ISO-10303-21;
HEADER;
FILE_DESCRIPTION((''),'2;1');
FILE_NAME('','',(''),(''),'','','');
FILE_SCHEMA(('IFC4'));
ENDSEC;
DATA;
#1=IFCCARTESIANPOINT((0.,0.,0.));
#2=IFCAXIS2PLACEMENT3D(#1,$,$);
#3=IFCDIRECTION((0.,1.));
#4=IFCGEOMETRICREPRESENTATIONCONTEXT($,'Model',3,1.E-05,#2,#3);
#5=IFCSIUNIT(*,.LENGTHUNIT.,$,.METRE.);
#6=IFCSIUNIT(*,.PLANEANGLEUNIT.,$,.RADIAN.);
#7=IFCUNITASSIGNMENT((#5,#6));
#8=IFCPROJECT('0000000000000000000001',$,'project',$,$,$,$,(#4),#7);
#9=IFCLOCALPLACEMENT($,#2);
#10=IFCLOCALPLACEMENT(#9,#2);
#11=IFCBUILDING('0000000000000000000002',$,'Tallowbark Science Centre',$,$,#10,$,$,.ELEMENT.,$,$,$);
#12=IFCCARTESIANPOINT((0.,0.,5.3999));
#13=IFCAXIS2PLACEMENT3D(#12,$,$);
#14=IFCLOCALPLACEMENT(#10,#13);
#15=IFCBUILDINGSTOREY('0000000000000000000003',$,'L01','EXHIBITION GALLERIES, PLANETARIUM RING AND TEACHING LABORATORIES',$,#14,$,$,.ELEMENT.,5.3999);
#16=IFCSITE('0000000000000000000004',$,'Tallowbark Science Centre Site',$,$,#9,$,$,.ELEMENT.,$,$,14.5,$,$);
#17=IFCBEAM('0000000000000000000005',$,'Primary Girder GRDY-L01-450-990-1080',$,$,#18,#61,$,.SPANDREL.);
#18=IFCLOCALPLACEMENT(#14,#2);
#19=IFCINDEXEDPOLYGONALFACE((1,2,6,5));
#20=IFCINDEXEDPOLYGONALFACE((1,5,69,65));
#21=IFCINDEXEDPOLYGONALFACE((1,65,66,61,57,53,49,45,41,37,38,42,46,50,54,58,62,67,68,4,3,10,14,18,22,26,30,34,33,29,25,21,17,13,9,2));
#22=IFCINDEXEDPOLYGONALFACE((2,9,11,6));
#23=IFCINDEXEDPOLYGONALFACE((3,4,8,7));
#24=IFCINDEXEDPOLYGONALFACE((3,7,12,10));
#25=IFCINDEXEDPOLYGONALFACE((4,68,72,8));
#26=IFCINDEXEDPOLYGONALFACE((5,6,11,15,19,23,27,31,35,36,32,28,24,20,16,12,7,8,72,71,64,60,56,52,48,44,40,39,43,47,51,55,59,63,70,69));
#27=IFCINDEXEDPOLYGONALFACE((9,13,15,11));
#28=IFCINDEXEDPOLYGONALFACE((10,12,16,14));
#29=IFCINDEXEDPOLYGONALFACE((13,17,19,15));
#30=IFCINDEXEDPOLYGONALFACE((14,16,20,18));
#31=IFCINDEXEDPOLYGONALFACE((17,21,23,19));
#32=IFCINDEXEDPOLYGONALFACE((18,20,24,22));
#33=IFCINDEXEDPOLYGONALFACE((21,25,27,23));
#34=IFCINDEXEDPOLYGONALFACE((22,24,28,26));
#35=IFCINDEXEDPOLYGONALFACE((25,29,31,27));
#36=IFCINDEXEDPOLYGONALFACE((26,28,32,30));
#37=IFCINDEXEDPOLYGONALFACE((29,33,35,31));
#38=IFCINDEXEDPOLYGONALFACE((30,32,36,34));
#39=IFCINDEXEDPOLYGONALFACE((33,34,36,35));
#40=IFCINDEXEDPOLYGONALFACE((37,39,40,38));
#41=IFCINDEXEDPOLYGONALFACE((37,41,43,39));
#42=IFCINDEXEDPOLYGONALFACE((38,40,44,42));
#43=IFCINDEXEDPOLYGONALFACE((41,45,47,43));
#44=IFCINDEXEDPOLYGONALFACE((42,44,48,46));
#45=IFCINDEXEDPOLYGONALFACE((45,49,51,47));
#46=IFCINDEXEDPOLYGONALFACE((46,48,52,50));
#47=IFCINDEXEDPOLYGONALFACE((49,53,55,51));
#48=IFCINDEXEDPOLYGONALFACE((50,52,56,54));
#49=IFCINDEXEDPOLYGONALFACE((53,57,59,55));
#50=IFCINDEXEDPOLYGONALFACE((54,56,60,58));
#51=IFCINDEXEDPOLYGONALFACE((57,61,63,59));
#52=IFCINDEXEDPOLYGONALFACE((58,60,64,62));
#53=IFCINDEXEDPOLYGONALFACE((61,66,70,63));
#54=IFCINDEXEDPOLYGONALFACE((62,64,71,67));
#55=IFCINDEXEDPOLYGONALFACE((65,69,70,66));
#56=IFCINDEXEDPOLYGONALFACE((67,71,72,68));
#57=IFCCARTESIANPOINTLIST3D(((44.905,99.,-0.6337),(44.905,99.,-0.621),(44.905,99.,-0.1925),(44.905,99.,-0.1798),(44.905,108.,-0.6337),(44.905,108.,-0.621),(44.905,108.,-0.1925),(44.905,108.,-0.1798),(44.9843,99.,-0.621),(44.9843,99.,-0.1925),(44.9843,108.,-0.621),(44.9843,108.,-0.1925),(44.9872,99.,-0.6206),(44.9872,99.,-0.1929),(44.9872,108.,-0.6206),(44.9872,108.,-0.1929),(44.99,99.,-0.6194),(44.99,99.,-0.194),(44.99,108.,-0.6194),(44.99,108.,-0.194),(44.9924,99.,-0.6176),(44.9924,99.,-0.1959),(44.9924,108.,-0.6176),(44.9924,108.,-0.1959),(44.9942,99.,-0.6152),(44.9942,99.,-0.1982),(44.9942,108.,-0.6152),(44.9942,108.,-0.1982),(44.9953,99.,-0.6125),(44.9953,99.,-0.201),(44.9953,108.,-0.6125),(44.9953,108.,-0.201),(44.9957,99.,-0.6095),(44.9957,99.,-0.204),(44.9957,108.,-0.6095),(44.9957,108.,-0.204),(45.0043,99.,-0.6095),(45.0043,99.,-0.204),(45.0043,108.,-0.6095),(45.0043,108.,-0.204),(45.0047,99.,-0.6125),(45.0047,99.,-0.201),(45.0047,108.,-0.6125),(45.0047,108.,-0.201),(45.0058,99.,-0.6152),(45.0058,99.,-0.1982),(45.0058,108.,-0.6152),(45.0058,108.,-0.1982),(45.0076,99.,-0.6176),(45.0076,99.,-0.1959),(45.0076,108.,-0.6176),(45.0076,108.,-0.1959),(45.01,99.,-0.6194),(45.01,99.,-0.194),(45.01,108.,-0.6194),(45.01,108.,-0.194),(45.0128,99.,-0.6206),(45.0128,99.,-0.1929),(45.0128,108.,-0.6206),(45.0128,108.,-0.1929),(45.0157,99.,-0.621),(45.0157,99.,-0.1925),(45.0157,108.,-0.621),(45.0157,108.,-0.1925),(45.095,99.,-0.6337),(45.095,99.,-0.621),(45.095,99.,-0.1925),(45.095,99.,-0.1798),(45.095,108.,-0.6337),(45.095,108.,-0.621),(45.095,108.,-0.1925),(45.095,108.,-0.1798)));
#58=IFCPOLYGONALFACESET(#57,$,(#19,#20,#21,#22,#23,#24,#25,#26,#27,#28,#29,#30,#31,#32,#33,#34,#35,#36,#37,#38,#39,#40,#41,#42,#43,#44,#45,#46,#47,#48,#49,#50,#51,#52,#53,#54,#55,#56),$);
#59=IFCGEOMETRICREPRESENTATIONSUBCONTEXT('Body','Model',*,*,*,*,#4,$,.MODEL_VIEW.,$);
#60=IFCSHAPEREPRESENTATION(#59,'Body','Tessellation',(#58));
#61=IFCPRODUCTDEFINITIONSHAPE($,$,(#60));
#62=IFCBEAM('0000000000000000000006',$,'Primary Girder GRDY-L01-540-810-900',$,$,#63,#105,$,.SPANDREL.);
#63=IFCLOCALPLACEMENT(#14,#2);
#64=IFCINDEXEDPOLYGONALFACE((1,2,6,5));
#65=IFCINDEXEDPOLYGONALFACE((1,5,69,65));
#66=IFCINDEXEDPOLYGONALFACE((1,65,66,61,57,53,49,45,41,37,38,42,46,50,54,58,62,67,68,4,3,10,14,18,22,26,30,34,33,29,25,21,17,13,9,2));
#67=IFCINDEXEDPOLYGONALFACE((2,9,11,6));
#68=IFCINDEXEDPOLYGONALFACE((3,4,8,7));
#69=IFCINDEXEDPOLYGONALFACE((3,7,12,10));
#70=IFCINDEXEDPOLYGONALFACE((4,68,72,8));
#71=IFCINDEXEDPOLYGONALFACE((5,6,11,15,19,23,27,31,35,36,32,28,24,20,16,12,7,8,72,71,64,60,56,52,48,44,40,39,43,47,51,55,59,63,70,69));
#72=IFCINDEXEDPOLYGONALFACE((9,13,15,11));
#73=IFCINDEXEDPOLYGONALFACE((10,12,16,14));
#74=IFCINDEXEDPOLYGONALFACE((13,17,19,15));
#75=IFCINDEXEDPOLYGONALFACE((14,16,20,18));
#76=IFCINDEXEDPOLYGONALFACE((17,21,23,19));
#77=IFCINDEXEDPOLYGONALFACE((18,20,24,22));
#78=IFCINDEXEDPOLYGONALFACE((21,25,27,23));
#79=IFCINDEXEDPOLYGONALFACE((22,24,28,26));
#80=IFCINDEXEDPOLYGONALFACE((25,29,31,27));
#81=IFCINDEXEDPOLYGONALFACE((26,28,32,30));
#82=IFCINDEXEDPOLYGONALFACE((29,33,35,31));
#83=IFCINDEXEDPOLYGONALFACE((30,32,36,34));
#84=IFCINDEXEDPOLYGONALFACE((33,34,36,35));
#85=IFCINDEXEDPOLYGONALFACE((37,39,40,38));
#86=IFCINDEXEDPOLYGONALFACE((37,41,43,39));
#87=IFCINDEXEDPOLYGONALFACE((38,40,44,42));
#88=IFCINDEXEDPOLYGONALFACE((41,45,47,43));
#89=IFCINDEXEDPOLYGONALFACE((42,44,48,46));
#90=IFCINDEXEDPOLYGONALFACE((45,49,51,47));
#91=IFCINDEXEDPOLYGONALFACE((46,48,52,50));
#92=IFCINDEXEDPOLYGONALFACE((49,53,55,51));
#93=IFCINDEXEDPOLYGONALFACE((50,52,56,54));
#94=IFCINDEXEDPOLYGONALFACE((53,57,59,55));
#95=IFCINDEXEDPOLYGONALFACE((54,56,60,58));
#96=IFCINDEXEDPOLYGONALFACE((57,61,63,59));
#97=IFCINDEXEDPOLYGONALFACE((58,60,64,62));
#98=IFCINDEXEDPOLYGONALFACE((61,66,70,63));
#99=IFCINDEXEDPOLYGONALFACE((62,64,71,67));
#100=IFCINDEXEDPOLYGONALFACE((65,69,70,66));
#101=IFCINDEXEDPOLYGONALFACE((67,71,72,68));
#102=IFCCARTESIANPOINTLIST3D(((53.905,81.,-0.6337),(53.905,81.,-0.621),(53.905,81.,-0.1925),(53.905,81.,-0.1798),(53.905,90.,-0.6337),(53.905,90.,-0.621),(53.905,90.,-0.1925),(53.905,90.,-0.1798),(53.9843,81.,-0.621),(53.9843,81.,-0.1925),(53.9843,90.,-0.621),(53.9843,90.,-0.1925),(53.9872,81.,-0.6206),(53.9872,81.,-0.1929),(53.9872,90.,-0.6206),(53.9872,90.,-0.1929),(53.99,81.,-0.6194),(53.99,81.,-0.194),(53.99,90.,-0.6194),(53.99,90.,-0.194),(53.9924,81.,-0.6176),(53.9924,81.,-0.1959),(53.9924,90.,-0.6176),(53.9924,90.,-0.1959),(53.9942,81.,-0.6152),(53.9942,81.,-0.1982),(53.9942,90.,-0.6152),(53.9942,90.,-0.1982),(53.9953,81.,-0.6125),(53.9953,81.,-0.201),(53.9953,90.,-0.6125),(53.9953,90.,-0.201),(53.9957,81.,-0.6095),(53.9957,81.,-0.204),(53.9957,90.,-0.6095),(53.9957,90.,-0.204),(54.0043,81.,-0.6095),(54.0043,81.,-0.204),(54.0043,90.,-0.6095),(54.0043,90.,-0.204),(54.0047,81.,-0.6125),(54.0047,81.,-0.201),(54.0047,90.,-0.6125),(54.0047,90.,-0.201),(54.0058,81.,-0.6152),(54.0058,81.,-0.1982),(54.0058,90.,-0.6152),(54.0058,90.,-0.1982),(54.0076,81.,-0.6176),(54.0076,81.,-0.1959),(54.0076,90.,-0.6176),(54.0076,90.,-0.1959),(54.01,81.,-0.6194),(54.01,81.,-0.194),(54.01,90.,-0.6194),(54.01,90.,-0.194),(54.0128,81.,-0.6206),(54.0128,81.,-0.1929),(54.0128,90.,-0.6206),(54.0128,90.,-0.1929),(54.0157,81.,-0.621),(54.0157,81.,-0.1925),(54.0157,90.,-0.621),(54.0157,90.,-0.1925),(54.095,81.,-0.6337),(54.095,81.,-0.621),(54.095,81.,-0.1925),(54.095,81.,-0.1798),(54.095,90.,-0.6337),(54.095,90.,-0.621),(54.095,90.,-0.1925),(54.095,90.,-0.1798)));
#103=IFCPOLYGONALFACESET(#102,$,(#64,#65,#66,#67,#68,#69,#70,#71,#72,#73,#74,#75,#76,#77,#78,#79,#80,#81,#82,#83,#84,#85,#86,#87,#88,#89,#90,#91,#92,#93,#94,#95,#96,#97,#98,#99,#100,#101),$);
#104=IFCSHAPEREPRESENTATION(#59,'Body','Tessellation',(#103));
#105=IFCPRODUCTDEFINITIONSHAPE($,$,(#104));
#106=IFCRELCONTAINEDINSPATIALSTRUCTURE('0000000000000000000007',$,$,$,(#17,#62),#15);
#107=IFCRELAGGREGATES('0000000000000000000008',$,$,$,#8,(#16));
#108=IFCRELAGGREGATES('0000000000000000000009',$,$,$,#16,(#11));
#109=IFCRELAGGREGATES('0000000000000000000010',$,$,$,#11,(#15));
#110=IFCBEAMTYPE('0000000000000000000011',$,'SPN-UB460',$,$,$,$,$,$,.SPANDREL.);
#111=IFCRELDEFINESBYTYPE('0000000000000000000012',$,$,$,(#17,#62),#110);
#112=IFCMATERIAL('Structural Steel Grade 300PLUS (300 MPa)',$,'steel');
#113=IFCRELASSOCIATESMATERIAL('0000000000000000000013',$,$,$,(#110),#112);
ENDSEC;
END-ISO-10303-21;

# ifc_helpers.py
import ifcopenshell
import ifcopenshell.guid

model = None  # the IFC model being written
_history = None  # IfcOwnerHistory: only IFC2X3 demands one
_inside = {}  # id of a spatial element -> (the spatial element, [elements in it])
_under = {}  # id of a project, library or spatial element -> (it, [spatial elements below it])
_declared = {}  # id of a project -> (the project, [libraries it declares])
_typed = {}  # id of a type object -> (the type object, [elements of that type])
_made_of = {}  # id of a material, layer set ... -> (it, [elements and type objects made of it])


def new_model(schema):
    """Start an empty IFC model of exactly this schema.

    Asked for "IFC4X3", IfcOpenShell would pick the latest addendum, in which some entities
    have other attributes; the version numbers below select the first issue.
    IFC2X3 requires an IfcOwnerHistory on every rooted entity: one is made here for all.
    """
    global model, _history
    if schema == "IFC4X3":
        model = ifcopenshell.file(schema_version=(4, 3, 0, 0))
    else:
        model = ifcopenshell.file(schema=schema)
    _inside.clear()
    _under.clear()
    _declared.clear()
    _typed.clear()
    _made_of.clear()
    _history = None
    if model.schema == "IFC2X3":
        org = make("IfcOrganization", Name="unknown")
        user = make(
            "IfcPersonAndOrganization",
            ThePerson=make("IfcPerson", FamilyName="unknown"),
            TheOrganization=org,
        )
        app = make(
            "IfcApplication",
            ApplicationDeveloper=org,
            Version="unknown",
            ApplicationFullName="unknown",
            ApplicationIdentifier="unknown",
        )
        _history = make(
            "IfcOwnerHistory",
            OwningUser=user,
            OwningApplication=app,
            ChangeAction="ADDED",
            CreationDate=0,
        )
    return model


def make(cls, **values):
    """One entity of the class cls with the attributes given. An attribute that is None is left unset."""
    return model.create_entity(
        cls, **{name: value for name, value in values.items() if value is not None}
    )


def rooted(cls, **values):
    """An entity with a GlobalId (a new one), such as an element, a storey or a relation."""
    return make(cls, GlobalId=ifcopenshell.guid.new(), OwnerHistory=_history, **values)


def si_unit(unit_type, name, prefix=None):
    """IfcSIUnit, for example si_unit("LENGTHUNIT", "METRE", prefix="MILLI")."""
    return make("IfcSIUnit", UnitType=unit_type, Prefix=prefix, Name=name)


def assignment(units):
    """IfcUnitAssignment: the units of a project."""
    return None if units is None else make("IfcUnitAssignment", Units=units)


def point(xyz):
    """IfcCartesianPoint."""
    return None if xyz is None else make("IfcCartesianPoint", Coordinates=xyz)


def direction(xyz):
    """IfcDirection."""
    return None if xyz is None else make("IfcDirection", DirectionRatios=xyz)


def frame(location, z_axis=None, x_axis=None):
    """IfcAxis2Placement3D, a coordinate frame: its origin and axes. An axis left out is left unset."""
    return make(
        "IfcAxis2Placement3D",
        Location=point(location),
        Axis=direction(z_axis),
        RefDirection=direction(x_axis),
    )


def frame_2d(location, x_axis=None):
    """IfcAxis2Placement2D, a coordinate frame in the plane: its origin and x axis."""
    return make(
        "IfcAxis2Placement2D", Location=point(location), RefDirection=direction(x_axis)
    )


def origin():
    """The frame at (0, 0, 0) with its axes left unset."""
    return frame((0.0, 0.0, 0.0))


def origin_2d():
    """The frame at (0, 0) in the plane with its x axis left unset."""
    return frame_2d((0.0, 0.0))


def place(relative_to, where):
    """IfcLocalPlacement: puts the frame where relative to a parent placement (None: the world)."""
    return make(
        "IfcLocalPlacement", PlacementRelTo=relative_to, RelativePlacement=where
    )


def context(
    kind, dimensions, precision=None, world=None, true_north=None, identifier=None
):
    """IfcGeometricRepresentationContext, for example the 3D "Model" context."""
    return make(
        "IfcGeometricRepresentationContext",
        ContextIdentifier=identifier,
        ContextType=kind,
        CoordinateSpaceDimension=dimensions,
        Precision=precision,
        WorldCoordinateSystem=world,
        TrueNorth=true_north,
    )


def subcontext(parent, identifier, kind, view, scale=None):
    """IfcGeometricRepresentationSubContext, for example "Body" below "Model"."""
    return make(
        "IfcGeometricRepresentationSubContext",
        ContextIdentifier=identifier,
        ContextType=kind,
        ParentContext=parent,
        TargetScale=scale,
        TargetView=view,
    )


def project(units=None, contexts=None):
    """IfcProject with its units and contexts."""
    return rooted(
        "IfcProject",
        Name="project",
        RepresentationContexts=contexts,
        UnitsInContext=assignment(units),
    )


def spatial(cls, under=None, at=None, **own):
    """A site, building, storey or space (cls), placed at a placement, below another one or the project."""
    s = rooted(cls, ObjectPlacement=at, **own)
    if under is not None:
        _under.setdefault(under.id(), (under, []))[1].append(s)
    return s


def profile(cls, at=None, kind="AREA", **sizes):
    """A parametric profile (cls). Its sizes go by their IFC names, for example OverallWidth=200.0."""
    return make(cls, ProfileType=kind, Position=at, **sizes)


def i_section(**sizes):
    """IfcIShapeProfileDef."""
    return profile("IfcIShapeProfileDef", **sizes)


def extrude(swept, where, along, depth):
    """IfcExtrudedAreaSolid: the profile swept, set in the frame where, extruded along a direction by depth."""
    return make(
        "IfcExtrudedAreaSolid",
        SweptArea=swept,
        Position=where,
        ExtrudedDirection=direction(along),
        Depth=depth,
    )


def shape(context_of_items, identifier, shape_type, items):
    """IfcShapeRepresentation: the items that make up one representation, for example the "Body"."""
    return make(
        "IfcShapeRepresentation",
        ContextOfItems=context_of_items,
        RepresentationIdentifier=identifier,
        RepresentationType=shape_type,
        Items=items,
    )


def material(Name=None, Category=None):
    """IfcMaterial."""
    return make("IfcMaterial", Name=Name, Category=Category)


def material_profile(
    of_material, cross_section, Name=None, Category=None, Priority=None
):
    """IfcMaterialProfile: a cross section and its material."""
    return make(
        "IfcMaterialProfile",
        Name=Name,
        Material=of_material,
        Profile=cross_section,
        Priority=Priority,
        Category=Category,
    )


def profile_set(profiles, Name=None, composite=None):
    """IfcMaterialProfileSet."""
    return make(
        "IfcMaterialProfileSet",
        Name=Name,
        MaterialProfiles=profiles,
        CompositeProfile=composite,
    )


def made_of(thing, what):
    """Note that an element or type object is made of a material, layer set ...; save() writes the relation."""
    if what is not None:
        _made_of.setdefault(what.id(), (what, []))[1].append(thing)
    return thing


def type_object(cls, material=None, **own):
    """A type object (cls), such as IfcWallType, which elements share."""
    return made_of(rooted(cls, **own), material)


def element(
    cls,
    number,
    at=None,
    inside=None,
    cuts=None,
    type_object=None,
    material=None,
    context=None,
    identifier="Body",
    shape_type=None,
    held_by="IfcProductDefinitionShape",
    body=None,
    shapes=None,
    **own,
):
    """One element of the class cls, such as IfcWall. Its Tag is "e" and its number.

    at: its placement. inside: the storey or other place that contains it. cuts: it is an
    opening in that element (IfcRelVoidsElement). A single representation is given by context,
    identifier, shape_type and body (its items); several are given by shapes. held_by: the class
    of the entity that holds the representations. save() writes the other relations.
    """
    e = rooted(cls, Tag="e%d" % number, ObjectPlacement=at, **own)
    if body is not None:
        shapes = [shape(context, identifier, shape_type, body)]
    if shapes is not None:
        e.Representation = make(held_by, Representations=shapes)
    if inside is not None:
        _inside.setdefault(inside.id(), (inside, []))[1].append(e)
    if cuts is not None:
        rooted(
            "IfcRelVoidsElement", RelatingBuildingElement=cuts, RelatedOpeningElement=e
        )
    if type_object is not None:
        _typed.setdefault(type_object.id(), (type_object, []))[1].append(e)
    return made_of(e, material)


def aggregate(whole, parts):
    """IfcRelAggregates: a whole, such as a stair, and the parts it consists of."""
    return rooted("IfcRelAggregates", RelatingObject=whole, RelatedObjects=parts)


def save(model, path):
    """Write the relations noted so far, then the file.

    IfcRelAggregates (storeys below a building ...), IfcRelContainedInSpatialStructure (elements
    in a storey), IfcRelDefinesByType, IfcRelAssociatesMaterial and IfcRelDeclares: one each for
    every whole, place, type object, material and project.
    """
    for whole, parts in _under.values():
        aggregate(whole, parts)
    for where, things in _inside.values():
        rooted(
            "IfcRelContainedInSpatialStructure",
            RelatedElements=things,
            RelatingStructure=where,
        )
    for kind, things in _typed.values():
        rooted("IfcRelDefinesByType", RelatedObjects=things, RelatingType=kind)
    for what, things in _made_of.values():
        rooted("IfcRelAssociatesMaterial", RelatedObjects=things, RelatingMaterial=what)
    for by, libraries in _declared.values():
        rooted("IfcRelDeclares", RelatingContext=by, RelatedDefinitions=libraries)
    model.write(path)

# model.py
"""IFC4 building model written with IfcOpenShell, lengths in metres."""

from ifc_helpers import new_model, si_unit, direction, frame, origin, origin_2d, place, context, subcontext, project, spatial, i_section, extrude, material, material_profile, profile_set, type_object, element, save


model = new_model("IFC4")

# Units and contexts
model_context = context("Model", 3, precision=1e-05, world=origin(), true_north=direction((0.0, 1.0)))
body_context = subcontext(model_context, "Body", "Model", "MODEL_VIEW")
ifc_project = project(units=[si_unit("LENGTHUNIT", "METRE"), si_unit("PLANEANGLEUNIT", "RADIAN")], contexts=[model_context])

# Site, building, storey
site_placement = place(None, origin())
site = spatial("IfcSite", under=ifc_project, at=site_placement, Name="Tallowbark Science Centre Site", CompositionType="ELEMENT", RefElevation=14.5)
building_placement = place(site_placement, origin())
building = spatial("IfcBuilding", under=site, at=building_placement, Name="Tallowbark Science Centre", CompositionType="ELEMENT")
storey_placement = place(building_placement, frame((0.0, 0.0, 5.3999)))
storey = spatial("IfcBuildingStorey", under=building, at=storey_placement, Name="L01", Description="EXHIBITION GALLERIES, PLANETARIUM RING AND TEACHING LABORATORIES", CompositionType="ELEMENT", Elevation=5.3999)

# Shared definitions
ifc_material = material(Name="Structural Steel Grade 300PLUS (300 MPa)", Category="steel")

# Beams
ifc_material_profile_1 = material_profile(ifc_material, i_section(OverallWidth=0.1899, OverallDepth=0.4539, WebThickness=0.0085, FlangeThickness=0.0127, FilletRadius=0.0115, at=origin_2d()), Name="460UB67.1")
ifc_profile_set_1 = profile_set([ifc_material_profile_1], Name="Structural Steel Grade 300PLUS (300 MPa)")
beam_type_1 = type_object("IfcBeamType", Name="SPN-UB460", PredefinedType="SPANDREL", material=ifc_profile_set_1)
for number, where, z_axis, x_axis, name in (
    (1, (45.0, 99.0, -0.4067), (0.0, 1.0, 0.0), (-1.0, 0.0, 0.0), "Primary Girder GRDY-L01-450-990-1080"),
    (2, (54.0, 81.0, -0.4067), (0.0, 1.0, 0.0), (-1.0, 0.0, 0.0), "Primary Girder GRDY-L01-540-810-900"),
):
    element("IfcBeam", number, at=place(storey_placement, frame(where, z_axis=z_axis, x_axis=x_axis)), inside=storey, type_object=beam_type_1, Name=name, PredefinedType="SPANDREL", context=body_context, shape_type="SweptSolid", body=[
        extrude(i_section(OverallWidth=0.1899, OverallDepth=0.4539, WebThickness=0.0085, FlangeThickness=0.0127, FilletRadius=0.0115, at=origin_2d()), origin(), (0.0, 0.0, 1.0), 9.0),
    ])

save(model, "model.ifc")
